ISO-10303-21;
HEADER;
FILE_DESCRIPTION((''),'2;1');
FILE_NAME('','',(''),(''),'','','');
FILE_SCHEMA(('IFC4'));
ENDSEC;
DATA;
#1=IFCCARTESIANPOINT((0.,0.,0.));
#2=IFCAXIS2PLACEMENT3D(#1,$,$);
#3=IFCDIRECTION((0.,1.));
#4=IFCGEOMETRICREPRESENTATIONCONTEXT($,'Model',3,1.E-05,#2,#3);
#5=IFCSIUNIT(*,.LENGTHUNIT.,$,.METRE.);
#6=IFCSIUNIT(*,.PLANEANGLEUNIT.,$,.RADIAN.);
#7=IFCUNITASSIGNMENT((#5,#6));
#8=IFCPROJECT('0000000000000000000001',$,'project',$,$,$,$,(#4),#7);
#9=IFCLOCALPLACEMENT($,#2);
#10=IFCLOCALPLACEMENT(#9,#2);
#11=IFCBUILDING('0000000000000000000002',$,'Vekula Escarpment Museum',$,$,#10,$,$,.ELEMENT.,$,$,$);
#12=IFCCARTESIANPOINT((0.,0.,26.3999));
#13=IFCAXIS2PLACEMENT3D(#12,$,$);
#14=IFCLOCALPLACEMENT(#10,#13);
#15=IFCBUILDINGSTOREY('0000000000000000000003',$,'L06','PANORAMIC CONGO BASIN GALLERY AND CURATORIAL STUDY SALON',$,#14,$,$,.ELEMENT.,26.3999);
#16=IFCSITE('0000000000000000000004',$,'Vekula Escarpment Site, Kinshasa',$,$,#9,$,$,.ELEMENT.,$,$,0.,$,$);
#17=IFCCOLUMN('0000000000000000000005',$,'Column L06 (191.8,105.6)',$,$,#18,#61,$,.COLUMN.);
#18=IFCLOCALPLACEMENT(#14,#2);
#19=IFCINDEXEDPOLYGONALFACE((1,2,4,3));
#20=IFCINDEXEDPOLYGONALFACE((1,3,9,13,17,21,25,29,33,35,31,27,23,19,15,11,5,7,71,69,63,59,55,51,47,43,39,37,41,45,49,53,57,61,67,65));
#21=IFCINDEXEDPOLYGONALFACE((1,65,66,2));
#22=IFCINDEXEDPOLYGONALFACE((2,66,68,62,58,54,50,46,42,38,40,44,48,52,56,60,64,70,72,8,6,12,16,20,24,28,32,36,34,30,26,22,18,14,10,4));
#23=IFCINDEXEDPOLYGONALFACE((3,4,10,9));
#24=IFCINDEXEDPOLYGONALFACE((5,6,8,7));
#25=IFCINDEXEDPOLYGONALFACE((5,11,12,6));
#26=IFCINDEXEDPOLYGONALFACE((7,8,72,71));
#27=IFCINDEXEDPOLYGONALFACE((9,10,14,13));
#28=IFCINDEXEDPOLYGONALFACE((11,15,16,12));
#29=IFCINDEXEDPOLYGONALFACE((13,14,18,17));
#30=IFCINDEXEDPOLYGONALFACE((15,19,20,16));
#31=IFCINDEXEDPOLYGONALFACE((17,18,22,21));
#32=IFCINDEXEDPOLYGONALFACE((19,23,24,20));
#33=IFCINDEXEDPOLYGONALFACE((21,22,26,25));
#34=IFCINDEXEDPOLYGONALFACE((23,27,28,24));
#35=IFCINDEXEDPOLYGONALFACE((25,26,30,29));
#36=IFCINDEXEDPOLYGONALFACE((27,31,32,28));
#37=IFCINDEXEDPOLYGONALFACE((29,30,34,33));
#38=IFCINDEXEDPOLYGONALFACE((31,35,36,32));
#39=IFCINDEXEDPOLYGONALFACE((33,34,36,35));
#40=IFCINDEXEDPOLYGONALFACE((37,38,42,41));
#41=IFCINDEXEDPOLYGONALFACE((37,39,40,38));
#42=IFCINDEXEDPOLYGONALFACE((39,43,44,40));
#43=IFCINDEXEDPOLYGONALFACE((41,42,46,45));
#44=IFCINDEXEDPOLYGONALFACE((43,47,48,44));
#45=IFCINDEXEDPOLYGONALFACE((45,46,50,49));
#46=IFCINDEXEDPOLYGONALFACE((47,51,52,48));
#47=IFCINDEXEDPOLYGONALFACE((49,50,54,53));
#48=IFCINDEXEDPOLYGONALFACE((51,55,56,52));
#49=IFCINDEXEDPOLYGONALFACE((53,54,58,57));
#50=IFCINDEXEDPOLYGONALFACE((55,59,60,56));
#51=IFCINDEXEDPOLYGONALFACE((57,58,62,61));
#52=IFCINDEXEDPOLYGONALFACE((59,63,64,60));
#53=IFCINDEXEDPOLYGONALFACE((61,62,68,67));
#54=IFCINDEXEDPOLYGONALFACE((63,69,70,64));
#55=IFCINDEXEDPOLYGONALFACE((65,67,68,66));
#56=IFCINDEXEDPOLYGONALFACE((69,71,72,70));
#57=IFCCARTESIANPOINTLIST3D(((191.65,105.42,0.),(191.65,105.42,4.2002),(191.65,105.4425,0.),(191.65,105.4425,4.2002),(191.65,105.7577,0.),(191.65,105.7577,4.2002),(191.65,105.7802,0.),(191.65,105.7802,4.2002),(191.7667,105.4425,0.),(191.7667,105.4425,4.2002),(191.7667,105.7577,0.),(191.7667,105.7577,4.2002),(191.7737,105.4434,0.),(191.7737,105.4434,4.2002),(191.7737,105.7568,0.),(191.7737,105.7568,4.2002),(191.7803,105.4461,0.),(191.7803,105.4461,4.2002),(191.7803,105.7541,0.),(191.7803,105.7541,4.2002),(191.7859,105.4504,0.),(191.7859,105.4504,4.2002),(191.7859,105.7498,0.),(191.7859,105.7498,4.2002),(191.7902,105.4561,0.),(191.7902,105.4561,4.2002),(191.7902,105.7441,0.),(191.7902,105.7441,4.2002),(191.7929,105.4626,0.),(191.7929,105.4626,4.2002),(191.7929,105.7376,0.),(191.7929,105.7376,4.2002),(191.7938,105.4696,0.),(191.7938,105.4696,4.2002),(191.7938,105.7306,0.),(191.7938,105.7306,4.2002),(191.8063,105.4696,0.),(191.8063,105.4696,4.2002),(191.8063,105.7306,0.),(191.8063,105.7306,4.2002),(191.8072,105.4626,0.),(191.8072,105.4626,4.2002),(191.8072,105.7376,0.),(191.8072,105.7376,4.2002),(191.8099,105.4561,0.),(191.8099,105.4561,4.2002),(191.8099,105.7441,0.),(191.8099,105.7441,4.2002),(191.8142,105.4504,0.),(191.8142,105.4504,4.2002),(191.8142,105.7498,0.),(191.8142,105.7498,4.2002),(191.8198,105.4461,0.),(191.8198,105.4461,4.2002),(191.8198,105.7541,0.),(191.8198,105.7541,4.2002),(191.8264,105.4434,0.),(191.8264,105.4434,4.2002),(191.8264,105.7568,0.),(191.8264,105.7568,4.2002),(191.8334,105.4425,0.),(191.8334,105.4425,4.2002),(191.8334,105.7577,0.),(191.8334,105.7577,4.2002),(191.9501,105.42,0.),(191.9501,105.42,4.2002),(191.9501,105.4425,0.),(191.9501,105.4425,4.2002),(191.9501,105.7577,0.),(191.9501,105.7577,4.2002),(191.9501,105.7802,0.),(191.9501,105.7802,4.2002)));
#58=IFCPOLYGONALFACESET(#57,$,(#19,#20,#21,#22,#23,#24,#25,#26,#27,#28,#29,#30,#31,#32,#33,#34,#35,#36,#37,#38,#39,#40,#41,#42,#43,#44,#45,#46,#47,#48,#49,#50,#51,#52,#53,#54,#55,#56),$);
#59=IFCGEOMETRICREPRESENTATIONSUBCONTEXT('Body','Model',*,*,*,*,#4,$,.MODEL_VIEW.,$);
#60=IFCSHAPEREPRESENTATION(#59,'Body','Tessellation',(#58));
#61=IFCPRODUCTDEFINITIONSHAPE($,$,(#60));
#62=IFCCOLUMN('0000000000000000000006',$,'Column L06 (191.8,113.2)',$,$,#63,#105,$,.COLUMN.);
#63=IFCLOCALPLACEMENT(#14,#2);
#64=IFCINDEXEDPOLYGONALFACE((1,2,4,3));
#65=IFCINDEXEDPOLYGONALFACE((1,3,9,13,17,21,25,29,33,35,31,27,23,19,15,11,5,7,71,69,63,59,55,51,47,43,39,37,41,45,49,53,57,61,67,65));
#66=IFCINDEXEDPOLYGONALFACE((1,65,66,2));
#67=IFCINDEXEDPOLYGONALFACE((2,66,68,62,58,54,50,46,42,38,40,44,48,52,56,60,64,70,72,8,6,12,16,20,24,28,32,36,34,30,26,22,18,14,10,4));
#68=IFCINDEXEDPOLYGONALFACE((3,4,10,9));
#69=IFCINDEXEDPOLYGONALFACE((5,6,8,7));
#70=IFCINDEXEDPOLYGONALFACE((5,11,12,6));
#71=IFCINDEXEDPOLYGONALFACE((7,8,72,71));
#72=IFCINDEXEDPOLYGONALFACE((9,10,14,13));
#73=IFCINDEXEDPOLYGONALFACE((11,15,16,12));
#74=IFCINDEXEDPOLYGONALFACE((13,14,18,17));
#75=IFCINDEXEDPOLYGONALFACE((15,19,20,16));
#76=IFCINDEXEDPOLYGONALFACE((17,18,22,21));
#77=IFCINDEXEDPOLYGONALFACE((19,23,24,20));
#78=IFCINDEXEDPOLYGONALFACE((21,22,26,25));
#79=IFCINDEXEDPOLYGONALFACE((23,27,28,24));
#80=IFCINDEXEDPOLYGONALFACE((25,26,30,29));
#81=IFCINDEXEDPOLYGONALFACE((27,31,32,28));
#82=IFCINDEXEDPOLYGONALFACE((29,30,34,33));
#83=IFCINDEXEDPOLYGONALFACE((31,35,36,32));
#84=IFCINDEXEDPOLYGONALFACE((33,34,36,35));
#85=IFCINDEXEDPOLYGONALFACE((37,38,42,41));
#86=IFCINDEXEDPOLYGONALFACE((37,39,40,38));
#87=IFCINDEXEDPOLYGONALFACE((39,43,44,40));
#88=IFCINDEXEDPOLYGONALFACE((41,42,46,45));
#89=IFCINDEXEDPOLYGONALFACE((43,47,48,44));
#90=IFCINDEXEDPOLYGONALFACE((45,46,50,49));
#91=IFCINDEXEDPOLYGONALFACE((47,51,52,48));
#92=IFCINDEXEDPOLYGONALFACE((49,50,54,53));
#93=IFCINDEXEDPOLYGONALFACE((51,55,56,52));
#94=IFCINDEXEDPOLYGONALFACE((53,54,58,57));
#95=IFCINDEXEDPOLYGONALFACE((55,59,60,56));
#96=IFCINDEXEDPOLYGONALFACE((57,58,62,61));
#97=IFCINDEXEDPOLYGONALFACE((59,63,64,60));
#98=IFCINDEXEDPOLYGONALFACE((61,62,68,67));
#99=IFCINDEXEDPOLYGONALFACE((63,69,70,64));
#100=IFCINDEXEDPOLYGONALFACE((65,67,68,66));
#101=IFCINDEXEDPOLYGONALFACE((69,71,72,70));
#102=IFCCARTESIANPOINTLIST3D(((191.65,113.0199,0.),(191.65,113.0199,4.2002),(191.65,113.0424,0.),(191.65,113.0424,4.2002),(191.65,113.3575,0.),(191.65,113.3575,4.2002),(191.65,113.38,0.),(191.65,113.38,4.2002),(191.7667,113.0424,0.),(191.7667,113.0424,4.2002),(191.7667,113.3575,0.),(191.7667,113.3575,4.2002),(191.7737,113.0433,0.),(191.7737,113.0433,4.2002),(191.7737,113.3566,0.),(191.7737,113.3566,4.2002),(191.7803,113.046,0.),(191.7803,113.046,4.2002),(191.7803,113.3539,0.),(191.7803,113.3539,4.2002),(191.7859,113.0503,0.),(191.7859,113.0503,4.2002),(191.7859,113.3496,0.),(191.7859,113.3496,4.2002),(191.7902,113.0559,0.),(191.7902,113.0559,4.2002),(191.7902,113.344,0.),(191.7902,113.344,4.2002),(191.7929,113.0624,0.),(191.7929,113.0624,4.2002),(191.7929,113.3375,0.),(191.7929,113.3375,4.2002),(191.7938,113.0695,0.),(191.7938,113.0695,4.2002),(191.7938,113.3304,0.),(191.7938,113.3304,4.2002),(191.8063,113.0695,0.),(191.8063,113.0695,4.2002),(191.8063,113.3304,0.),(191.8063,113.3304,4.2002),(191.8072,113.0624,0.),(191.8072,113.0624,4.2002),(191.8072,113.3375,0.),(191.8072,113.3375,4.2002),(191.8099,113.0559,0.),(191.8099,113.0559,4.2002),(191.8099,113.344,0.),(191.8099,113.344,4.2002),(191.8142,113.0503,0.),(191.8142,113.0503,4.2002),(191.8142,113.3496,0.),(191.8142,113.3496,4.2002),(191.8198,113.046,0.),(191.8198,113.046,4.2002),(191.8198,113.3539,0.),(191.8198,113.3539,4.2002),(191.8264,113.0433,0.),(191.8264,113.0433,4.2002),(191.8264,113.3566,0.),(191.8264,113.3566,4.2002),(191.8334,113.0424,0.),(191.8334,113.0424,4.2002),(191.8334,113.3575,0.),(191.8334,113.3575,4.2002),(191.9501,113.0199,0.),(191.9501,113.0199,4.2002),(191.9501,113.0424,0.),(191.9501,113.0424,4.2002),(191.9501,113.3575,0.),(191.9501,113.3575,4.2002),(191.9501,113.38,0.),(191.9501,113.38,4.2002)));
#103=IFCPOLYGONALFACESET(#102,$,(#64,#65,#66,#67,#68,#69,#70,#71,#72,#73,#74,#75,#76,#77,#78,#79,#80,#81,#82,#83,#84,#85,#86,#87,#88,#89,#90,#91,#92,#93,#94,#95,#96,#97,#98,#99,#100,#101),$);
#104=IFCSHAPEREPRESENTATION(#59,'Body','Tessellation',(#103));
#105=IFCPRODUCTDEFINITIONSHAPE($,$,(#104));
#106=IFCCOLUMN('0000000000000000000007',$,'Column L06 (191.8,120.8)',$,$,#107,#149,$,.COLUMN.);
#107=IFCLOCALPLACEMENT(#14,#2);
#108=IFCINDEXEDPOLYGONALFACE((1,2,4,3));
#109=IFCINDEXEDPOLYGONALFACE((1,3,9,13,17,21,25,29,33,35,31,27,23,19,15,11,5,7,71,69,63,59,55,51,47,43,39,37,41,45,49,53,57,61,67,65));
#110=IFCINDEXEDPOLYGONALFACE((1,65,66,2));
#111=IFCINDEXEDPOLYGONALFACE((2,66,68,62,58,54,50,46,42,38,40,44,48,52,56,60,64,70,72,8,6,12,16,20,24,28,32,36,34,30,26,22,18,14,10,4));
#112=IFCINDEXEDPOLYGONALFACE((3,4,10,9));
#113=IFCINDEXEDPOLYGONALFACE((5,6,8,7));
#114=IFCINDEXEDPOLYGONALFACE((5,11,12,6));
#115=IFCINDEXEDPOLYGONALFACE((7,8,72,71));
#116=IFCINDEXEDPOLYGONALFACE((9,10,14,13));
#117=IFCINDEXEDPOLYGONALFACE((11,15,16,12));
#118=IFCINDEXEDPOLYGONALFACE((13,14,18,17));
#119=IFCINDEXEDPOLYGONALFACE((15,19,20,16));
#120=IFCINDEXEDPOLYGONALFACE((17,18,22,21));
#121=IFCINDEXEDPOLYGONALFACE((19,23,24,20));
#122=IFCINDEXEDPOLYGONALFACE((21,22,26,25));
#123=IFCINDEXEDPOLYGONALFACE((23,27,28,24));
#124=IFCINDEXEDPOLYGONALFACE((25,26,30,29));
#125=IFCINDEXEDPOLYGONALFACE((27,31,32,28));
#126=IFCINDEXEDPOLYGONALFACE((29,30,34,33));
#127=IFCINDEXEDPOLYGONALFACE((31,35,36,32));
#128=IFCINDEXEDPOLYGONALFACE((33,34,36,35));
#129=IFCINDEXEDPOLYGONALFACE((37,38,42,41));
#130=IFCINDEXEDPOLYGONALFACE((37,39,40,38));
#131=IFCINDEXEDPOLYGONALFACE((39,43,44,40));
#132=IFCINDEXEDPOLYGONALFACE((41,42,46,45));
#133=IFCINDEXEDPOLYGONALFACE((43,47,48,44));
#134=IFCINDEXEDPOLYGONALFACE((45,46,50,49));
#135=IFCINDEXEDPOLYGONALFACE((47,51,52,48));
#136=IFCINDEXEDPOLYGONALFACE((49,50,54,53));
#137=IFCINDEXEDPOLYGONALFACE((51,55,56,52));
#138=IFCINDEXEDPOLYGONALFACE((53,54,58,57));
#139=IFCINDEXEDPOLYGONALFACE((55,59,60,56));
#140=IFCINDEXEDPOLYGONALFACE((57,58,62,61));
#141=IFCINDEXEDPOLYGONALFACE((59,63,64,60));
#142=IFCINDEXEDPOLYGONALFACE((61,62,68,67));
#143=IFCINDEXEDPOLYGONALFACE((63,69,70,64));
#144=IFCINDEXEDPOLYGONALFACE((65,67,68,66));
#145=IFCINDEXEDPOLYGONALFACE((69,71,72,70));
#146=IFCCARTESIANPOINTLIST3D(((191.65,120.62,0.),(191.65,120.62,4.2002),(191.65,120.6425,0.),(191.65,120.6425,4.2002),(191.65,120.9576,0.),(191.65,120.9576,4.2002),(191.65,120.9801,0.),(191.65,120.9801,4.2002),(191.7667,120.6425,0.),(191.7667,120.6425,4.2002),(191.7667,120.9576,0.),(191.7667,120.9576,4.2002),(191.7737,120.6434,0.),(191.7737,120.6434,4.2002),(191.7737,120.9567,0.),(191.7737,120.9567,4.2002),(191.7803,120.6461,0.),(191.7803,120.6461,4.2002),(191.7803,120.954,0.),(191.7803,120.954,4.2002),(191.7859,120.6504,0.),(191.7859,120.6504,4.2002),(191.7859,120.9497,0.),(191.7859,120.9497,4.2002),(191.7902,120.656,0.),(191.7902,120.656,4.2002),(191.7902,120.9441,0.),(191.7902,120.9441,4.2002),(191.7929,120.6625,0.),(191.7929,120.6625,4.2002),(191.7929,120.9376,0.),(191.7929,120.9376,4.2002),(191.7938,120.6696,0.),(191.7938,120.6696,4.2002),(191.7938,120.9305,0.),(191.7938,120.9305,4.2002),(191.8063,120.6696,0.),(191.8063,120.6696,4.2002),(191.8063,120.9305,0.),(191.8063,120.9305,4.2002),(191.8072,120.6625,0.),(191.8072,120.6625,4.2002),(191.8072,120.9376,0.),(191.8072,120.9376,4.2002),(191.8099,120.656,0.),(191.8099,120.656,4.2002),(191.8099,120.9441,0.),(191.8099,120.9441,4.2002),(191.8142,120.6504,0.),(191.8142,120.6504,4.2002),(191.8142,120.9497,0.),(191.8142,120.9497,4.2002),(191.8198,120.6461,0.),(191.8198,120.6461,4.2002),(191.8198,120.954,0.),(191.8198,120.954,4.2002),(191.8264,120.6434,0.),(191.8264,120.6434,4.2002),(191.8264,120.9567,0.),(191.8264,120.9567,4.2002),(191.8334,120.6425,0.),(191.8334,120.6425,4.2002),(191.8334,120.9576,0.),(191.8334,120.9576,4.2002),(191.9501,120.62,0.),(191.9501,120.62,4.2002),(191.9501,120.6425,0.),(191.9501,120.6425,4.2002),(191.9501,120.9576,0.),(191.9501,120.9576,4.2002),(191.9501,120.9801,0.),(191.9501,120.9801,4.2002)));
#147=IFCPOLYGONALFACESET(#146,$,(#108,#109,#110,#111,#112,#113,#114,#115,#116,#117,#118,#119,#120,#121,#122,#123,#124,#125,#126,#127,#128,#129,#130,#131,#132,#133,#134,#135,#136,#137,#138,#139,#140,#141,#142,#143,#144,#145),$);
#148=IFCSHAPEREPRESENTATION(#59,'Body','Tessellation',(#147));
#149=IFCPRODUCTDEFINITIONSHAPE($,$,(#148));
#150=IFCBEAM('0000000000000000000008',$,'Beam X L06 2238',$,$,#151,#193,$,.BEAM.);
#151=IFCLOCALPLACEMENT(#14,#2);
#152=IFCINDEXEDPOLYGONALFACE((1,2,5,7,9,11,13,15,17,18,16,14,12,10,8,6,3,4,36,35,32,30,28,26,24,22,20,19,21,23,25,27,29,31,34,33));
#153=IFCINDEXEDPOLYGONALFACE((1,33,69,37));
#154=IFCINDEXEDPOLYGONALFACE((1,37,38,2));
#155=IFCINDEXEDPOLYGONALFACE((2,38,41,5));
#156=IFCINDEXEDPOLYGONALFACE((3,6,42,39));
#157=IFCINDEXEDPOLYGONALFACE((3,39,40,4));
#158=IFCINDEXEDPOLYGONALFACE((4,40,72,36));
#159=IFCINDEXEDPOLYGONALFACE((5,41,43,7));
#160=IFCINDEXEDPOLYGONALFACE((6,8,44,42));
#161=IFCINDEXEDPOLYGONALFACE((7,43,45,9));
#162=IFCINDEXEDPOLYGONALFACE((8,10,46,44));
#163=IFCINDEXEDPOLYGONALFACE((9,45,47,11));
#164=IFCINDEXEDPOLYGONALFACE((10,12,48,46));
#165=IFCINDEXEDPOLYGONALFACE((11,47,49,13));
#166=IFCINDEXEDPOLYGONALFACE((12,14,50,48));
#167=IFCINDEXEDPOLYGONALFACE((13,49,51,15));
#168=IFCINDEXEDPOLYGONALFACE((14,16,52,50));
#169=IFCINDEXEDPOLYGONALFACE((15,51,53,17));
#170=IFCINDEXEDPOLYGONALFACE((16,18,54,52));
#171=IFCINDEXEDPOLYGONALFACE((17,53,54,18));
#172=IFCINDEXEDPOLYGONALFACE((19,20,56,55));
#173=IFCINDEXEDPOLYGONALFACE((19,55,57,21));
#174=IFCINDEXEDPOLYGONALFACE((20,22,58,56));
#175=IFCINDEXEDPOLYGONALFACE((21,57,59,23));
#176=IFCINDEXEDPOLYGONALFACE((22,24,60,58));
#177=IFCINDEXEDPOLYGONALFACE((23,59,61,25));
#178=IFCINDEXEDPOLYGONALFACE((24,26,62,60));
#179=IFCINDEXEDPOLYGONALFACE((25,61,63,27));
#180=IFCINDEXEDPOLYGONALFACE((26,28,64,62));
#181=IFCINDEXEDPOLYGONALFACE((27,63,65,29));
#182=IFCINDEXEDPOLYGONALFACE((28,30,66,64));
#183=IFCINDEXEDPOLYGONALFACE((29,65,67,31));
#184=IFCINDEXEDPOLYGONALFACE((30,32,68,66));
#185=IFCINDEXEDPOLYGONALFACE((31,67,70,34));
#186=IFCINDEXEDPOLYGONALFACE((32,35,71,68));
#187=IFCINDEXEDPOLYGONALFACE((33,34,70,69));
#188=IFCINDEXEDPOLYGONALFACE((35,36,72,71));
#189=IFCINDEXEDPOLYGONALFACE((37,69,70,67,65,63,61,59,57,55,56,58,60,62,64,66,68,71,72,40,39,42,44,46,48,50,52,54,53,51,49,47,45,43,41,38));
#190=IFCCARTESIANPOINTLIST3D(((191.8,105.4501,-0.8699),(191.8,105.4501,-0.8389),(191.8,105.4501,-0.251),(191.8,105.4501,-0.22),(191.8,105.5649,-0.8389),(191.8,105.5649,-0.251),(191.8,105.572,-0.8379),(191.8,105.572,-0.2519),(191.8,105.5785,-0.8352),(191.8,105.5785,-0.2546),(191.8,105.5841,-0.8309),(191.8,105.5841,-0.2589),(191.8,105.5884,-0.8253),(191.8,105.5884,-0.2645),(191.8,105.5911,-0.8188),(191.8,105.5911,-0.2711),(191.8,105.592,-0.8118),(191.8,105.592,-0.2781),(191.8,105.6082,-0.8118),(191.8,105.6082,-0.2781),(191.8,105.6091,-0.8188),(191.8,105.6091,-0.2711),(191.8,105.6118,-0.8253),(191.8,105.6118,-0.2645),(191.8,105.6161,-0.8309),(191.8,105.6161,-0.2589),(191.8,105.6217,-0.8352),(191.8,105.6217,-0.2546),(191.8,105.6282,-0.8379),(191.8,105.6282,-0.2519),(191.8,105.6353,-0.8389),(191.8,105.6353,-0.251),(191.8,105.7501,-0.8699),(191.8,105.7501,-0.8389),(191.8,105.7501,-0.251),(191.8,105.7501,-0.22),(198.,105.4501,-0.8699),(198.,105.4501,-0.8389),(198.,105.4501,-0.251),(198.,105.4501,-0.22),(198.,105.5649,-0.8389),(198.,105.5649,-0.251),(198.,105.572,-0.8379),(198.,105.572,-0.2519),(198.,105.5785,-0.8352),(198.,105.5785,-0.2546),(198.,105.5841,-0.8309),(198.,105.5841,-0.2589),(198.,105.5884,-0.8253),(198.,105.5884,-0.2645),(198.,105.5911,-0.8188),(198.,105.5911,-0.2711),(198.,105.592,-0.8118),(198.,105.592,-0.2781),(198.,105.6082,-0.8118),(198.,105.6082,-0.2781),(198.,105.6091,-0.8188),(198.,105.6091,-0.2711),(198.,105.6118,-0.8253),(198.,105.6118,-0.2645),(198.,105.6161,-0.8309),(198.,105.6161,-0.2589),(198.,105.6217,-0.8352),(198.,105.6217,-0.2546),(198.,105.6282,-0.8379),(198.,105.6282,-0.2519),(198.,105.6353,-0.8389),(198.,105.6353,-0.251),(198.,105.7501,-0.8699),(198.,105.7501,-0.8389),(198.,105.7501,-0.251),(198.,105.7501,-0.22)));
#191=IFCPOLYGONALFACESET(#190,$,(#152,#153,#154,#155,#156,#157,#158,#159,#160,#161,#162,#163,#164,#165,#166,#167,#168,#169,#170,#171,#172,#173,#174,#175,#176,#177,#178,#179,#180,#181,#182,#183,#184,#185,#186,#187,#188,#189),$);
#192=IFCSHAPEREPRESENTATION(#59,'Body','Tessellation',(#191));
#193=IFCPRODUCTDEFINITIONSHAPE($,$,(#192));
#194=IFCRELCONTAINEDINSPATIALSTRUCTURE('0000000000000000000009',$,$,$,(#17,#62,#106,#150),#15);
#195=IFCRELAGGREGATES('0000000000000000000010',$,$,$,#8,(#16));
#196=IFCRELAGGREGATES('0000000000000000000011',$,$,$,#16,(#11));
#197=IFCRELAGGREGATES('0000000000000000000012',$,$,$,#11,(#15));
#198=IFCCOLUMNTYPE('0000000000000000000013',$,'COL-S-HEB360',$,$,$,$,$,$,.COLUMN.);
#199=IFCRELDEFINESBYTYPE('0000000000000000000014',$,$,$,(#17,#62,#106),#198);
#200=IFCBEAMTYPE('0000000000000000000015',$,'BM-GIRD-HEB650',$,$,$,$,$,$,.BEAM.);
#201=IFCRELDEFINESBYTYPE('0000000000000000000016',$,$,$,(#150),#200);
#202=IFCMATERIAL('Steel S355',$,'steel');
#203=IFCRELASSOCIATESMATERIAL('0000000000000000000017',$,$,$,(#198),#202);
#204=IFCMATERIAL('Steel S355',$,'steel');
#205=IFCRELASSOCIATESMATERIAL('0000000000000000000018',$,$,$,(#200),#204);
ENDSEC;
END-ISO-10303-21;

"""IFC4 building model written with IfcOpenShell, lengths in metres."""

from ifc_helpers import new_model, si_unit, direction, frame, origin, origin_2d, place, context, subcontext, project, spatial, i_section, extrude, material, material_profile, profile_set, type_object, element, save


model = new_model("IFC4")

# Units and contexts
model_context = context("Model", 3, precision=1e-05, world=origin(), true_north=direction((0.0, 1.0)))
body_context = subcontext(model_context, "Body", "Model", "MODEL_VIEW")
ifc_project = project(units=[si_unit("LENGTHUNIT", "METRE"), si_unit("PLANEANGLEUNIT", "RADIAN")], contexts=[model_context])

# Site, building, storey
site_placement = place(None, origin())
site = spatial("IfcSite", under=ifc_project, at=site_placement, Name="Vekula Escarpment Site, Kinshasa", CompositionType="ELEMENT", RefElevation=0.0)
building_placement = place(site_placement, origin())
building = spatial("IfcBuilding", under=site, at=building_placement, Name="Vekula Escarpment Museum", CompositionType="ELEMENT")
storey_placement = place(building_placement, frame((0.0, 0.0, 26.3999)))
storey = spatial("IfcBuildingStorey", under=building, at=storey_placement, Name="L06", Description="PANORAMIC CONGO BASIN GALLERY AND CURATORIAL STUDY SALON", CompositionType="ELEMENT", Elevation=26.3999)

# Columns
ifc_material_1 = material(Name="Steel S355", Category="steel")
ifc_material_profile_1 = material_profile(ifc_material_1, i_section(OverallWidth=0.3, OverallDepth=0.3601, WebThickness=0.0125, FlangeThickness=0.0225, FilletRadius=0.0271, at=origin_2d()), Name="HEB 360")
ifc_profile_set_1 = profile_set([ifc_material_profile_1], Name="Steel S355")
column_type = type_object("IfcColumnType", Name="COL-S-HEB360", PredefinedType="COLUMN", material=ifc_profile_set_1)
for number, where, z_axis, x_axis, name in (
    (1, (191.8, 105.6001, 0.0), (0.0, 0.0, 1.0), (1.0, 0.0, 0.0), "Column L06 (191.8,105.6)"),
    (2, (191.8, 113.2, 0.0), (0.0, 0.0, 1.0), (1.0, 0.0, 0.0), "Column L06 (191.8,113.2)"),
    (3, (191.8, 120.8, 0.0), (0.0, 0.0, 1.0), (1.0, 0.0, 0.0), "Column L06 (191.8,120.8)"),
):
    element("IfcColumn", number, at=place(storey_placement, frame(where, z_axis=z_axis, x_axis=x_axis)), inside=storey, type_object=column_type, Name=name, PredefinedType="COLUMN", context=body_context, shape_type="SweptSolid", body=[
        extrude(i_section(OverallWidth=0.3, OverallDepth=0.3601, WebThickness=0.0125, FlangeThickness=0.0225, FilletRadius=0.0271, at=origin_2d()), origin(), (0.0, 0.0, 1.0), 4.2002),
    ])

# Beam
ifc_material_2 = material(Name="Steel S355", Category="steel")
ifc_material_profile_2 = material_profile(ifc_material_2, i_section(OverallWidth=0.3, OverallDepth=0.6499, WebThickness=0.0161, FlangeThickness=0.031, FilletRadius=0.0271, at=origin_2d()), Name="HEB 650")
ifc_profile_set_2 = profile_set([ifc_material_profile_2], Name="Steel S355")
beam_type_1 = type_object("IfcBeamType", Name="BM-GIRD-HEB650", PredefinedType="BEAM", material=ifc_profile_set_2)
for number, where, z_axis, x_axis, name in (
    (4, (191.8, 105.6001, -0.5449), (1.0, 0.0, 0.0), (0.0, 1.0, 0.0), "Beam X L06 2238"),
):
    element("IfcBeam", number, at=place(storey_placement, frame(where, z_axis=z_axis, x_axis=x_axis)), inside=storey, type_object=beam_type_1, Name=name, PredefinedType="BEAM", context=body_context, shape_type="SweptSolid", body=[
        extrude(i_section(OverallWidth=0.3, OverallDepth=0.6499, WebThickness=0.0161, FlangeThickness=0.031, FilletRadius=0.0271, at=origin_2d()), origin(), (0.0, 0.0, 1.0), 6.2),
    ])

save(model, "model.ifc")
